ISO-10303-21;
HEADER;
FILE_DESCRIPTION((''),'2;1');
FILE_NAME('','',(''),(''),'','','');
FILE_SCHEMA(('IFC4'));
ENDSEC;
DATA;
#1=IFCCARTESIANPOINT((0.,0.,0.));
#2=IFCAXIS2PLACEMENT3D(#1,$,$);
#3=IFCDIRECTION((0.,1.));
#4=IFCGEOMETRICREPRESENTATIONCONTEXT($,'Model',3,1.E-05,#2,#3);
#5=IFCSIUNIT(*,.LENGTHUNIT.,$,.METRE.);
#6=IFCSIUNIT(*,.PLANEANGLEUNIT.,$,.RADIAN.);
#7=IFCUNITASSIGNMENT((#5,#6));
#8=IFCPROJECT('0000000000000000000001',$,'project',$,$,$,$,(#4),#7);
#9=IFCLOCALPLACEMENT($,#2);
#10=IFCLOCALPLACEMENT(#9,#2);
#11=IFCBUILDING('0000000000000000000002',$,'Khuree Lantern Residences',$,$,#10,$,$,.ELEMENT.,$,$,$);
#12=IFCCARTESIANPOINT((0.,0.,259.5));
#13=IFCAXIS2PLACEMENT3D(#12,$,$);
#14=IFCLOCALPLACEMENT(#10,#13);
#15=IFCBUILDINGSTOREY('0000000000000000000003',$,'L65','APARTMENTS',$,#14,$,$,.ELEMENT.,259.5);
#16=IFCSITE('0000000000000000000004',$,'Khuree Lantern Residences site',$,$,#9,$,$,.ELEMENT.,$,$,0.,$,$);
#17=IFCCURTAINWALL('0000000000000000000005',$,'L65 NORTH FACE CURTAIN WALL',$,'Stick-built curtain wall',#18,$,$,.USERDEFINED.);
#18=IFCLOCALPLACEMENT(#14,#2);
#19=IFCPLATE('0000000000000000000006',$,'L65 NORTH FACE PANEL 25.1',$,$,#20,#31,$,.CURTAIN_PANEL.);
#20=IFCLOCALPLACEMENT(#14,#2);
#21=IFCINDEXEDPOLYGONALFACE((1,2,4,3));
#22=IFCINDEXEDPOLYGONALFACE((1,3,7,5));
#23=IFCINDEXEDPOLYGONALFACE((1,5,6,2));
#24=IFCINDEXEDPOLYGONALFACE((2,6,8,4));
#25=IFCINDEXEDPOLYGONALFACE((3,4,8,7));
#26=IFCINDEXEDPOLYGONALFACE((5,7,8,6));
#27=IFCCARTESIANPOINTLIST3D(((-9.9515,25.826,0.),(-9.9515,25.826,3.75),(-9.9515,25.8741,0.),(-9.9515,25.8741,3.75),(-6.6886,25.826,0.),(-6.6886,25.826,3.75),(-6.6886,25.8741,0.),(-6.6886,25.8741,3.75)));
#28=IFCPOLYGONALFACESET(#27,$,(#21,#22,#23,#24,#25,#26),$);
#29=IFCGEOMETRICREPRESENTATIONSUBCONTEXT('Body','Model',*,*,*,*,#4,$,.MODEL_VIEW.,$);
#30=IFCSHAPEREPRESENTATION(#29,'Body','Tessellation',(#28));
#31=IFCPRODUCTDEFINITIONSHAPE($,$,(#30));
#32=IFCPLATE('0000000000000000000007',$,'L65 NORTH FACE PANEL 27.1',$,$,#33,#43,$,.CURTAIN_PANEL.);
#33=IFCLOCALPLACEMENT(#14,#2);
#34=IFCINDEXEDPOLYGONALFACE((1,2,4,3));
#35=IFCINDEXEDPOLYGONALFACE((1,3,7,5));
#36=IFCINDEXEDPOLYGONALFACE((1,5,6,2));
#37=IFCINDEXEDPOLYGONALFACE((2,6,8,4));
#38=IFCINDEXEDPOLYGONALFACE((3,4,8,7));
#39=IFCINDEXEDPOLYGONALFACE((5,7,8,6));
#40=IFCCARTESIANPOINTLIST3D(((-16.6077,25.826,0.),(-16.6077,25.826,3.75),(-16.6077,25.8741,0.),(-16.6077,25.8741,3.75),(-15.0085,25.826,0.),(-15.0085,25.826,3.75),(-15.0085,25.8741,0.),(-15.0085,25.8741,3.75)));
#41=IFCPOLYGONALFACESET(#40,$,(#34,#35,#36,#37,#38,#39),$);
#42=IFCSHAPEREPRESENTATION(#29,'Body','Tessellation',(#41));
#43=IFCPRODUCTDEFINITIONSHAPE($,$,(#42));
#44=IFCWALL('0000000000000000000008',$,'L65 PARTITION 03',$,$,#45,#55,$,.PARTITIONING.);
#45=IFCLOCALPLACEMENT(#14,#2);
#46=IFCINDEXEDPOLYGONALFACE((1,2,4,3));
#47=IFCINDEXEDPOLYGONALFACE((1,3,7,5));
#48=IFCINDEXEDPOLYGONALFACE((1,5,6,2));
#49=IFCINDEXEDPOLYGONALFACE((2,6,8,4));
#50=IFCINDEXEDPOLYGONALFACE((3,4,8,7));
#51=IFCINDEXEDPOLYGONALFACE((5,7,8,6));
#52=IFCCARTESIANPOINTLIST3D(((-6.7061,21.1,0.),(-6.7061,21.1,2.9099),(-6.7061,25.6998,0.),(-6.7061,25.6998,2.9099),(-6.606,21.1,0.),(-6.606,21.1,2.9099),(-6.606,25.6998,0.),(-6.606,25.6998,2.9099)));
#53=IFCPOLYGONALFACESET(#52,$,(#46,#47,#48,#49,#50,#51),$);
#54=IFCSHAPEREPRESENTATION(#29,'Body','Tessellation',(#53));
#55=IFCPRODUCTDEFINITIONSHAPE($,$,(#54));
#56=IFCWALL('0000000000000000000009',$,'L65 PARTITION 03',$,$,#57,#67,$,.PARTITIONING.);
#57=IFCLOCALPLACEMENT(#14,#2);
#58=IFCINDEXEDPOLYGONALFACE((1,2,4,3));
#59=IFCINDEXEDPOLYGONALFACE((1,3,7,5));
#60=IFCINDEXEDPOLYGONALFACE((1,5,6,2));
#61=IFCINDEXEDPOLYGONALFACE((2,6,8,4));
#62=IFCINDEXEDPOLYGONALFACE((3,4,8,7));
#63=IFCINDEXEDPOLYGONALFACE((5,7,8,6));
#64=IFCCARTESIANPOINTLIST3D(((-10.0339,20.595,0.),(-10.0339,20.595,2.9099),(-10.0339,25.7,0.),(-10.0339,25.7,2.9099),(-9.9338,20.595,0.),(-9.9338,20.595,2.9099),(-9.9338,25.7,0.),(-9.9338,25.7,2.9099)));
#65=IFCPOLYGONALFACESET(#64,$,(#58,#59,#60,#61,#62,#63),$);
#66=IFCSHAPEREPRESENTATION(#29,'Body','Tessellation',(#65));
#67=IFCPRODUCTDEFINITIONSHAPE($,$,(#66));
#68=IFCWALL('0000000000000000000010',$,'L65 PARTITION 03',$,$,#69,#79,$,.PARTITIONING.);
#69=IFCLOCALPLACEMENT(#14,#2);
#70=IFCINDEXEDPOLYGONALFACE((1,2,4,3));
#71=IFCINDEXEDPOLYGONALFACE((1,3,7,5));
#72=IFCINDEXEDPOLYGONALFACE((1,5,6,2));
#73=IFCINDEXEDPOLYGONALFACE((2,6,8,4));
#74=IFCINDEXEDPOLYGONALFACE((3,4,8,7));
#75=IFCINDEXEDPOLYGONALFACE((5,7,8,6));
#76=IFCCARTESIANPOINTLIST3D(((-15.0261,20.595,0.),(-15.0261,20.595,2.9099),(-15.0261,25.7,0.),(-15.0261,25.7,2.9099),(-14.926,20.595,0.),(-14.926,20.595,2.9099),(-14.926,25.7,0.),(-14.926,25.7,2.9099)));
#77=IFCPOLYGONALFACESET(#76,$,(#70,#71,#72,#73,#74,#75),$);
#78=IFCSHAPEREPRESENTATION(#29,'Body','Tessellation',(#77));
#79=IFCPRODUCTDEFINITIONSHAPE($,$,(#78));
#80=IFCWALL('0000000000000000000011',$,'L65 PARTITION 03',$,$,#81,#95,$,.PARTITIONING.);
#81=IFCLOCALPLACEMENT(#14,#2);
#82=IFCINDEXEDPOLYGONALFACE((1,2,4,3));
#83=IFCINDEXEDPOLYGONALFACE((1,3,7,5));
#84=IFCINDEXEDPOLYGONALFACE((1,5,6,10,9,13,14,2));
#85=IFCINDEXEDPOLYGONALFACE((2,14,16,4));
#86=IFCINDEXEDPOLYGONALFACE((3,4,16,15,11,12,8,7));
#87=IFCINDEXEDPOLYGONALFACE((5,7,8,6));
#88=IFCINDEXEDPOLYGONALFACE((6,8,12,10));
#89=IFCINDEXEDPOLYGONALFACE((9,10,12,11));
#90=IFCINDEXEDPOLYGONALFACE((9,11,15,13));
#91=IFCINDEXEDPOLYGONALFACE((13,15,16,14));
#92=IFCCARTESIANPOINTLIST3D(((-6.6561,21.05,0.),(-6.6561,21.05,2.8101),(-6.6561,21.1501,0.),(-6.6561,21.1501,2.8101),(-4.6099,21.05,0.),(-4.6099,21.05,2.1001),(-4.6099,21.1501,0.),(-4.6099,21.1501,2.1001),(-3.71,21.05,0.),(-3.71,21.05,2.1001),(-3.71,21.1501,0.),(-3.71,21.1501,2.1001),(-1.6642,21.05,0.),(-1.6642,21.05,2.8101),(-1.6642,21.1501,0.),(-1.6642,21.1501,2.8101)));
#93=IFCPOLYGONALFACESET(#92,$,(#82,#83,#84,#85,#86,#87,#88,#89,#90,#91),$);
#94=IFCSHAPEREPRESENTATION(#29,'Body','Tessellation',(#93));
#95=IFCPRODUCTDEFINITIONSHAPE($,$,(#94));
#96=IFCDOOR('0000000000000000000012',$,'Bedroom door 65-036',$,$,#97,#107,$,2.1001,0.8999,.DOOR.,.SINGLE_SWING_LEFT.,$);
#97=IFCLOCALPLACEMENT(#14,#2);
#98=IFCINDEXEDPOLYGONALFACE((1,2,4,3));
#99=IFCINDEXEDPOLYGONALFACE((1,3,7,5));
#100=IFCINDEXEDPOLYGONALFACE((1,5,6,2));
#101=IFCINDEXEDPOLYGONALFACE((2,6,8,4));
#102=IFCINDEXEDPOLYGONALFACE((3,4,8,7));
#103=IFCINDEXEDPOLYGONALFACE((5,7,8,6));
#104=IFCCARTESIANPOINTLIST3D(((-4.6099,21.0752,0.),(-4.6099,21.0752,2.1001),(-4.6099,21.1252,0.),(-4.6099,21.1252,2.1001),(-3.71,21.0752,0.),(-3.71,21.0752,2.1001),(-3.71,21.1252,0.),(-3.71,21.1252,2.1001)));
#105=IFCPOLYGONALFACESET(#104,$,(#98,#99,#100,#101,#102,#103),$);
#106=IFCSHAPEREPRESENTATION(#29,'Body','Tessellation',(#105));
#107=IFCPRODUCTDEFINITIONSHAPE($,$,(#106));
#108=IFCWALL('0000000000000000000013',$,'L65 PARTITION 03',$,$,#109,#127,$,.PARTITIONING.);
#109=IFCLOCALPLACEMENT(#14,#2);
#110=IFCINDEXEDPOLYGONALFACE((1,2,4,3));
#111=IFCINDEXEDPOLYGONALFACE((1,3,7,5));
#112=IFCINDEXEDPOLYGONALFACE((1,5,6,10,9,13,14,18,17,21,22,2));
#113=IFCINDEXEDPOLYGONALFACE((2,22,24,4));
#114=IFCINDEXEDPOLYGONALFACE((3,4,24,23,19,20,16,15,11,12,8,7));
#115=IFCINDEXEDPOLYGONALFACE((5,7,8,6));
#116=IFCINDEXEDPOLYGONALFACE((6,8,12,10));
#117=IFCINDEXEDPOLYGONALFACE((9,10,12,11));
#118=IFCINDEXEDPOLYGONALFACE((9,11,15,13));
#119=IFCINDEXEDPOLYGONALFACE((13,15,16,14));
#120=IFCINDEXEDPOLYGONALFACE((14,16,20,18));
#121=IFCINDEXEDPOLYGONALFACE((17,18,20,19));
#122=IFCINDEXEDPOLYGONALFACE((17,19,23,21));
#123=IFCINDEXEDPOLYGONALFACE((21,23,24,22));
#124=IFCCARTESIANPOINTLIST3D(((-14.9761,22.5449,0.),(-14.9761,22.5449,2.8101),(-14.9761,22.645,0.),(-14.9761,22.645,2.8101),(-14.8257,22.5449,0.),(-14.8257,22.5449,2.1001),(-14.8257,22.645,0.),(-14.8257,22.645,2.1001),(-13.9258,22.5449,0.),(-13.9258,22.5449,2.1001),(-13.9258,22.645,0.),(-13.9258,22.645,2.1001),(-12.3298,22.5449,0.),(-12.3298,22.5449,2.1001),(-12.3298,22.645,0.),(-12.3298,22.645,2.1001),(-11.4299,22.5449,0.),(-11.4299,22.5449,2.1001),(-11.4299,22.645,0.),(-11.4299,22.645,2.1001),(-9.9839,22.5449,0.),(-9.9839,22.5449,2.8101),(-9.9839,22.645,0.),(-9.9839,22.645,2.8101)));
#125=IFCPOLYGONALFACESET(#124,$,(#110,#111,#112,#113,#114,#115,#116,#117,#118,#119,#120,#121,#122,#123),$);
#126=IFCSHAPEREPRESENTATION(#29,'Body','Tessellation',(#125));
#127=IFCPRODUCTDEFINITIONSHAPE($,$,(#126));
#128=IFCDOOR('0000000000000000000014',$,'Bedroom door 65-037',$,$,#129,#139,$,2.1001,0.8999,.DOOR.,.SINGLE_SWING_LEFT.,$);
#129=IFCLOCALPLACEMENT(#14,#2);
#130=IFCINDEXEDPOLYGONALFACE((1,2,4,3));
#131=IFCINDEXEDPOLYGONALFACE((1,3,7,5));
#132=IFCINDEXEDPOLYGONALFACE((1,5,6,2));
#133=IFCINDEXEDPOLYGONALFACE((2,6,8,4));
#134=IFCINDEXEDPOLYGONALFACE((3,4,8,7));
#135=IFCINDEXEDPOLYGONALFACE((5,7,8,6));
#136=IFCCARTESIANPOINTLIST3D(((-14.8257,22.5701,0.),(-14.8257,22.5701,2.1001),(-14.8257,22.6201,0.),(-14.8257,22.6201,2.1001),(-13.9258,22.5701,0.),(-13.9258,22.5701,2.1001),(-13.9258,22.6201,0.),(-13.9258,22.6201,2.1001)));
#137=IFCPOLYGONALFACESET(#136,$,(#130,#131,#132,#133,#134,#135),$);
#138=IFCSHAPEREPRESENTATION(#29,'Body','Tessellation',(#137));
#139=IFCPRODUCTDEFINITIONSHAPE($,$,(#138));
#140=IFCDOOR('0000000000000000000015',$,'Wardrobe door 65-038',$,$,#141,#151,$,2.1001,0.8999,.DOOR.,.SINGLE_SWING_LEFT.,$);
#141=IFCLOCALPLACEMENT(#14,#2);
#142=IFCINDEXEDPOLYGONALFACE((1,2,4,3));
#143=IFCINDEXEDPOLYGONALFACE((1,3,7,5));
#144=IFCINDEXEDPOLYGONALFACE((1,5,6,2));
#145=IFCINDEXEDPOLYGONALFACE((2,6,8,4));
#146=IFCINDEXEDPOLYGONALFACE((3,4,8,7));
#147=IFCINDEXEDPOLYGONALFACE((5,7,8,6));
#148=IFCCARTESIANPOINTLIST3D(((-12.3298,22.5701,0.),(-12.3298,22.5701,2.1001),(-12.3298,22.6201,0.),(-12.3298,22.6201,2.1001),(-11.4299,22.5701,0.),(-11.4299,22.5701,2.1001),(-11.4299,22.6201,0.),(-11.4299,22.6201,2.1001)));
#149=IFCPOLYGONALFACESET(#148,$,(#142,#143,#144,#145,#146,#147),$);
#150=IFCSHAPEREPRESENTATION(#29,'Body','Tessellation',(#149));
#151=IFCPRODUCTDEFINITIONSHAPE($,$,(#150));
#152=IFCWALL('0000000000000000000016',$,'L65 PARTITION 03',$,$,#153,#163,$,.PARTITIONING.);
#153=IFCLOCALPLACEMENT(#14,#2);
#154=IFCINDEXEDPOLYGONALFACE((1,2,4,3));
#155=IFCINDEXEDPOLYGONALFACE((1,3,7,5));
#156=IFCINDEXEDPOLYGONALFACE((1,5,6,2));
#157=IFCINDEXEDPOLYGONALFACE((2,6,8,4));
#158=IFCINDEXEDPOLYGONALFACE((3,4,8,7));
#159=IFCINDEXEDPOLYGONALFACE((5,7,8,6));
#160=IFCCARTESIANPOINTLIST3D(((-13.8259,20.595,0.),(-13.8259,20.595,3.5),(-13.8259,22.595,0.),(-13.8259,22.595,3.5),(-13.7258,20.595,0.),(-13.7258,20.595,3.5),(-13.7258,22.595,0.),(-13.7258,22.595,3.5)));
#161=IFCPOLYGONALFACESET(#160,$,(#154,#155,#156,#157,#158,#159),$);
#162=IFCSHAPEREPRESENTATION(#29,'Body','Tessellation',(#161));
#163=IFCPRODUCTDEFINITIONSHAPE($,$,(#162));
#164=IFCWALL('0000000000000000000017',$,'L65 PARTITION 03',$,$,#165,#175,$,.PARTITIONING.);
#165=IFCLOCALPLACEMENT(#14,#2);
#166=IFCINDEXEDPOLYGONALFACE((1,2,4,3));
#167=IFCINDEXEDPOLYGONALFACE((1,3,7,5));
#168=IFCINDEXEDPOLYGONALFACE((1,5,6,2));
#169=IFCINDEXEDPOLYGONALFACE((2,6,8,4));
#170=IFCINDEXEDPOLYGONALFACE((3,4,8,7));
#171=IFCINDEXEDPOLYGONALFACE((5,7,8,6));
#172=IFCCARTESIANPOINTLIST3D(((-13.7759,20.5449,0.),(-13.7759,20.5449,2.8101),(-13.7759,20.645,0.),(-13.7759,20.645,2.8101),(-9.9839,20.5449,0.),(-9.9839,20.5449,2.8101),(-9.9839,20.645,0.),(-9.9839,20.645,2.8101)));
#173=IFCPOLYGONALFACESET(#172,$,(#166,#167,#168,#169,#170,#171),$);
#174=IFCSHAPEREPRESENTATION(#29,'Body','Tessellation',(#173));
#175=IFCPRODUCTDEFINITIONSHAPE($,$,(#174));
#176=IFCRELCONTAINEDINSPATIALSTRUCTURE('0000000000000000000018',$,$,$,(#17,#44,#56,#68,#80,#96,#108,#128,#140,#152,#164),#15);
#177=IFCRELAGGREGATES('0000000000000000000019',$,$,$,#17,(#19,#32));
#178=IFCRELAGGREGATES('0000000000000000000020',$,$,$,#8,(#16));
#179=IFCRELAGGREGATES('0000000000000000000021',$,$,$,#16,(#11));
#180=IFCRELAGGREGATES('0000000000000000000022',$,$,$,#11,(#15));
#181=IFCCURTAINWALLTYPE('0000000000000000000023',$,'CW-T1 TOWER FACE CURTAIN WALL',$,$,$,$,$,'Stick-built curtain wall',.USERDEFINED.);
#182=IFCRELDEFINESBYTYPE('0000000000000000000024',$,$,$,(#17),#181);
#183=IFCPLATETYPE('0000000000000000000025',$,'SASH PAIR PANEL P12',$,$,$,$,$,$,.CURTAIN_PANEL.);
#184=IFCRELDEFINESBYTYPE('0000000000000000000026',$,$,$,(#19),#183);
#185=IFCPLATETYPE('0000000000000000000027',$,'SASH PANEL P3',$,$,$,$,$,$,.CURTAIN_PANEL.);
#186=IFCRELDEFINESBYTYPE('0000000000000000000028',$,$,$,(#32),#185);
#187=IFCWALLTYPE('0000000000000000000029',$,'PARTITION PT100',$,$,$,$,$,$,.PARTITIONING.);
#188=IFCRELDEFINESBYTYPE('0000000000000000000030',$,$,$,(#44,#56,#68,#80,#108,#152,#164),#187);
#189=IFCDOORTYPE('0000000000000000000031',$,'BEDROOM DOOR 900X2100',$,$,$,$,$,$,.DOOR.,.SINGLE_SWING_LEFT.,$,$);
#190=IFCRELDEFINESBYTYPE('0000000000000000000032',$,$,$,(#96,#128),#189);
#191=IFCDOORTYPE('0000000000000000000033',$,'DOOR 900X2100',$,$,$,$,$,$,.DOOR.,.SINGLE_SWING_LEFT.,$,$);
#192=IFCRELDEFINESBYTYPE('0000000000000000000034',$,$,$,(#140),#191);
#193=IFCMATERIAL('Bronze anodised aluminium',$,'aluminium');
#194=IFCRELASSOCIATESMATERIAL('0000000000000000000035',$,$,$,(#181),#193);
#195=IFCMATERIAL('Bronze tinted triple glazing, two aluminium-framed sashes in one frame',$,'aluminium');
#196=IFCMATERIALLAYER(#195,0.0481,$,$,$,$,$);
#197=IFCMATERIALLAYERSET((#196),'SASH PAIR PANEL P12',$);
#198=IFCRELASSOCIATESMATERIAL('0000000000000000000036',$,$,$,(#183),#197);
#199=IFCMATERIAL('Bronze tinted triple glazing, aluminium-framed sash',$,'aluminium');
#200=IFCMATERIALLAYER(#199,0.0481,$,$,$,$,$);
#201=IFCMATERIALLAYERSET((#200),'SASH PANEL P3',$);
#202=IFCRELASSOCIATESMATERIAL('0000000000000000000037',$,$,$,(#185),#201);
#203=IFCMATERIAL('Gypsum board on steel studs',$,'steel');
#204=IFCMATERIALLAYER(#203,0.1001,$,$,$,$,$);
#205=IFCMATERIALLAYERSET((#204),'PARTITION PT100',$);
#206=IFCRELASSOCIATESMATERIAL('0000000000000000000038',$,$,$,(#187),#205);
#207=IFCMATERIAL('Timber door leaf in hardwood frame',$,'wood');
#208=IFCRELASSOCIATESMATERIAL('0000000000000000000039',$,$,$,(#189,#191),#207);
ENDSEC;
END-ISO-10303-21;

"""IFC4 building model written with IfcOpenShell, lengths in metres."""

from ifc_helpers import new_model, si_unit, direction, frame, frame_2d, origin, origin_2d, place, context, subcontext, project, spatial, rectangle, extrude, material, layer, layer_set, type_object, element, fill, aggregate, save


model = new_model("IFC4")

# Units and contexts
model_context = context("Model", 3, precision=1e-05, world=origin(), true_north=direction((0.0, 1.0)))
body_context = subcontext(model_context, "Body", "Model", "MODEL_VIEW")
ifc_project = project(units=[si_unit("LENGTHUNIT", "METRE"), si_unit("PLANEANGLEUNIT", "RADIAN")], contexts=[model_context])

# Site, building, storey
site_placement = place(None, origin())
site = spatial("IfcSite", under=ifc_project, at=site_placement, Name="Khuree Lantern Residences site", CompositionType="ELEMENT", RefElevation=0.0)
building_placement = place(site_placement, origin())
building = spatial("IfcBuilding", under=site, at=building_placement, Name="Khuree Lantern Residences", CompositionType="ELEMENT")
storey_placement = place(building_placement, frame((0.0, 0.0, 259.5)))
storey = spatial("IfcBuildingStorey", under=building, at=storey_placement, Name="L65", Description="APARTMENTS", CompositionType="ELEMENT", Elevation=259.5)

# Curtain wall
ifc_material_1 = material(Name="Bronze anodised aluminium", Category="aluminium")
curtain_wall_type = type_object("IfcCurtainWallType", Name="CW-T1 TOWER FACE CURTAIN WALL", ElementType="Stick-built curtain wall", PredefinedType="USERDEFINED", material=ifc_material_1)
curtain_wall_placement = place(storey_placement, origin())
curtain_wall = element("IfcCurtainWall", 1, at=curtain_wall_placement, inside=storey, type_object=curtain_wall_type, Name="L65 NORTH FACE CURTAIN WALL", ObjectType="Stick-built curtain wall", PredefinedType="USERDEFINED")

# Plates
ifc_material_2 = material(Name="Bronze tinted triple glazing, two aluminium-framed sashes in one frame", Category="aluminium")
ifc_layer_1 = layer(ifc_material_2, 0.0481)
ifc_layer_set_1 = layer_set([ifc_layer_1], Name="SASH PAIR PANEL P12")
plate_type_1 = type_object("IfcPlateType", Name="SASH PAIR PANEL P12", PredefinedType="CURTAIN_PANEL", material=ifc_layer_set_1)
plate_1_placement = place(storey_placement, frame((-8.3201, 25.8501, 0.0), z_axis=(0.0, 0.0, 1.0), x_axis=(-1.0, 0.0, 0.0)))
plate_1 = element("IfcPlate", 2, at=plate_1_placement, type_object=plate_type_1, Name="L65 NORTH FACE PANEL 25.1", PredefinedType="CURTAIN_PANEL", context=body_context, shape_type="SweptSolid", body=[
    extrude(rectangle(XDim=3.2629, YDim=0.0481, at=origin_2d()), origin(), (0.0, 0.0, 1.0), 3.75),
])
ifc_material_3 = material(Name="Bronze tinted triple glazing, aluminium-framed sash", Category="aluminium")
ifc_layer_2 = layer(ifc_material_3, 0.0481)
ifc_layer_set_2 = layer_set([ifc_layer_2], Name="SASH PANEL P3")
plate_type_2 = type_object("IfcPlateType", Name="SASH PANEL P3", PredefinedType="CURTAIN_PANEL", material=ifc_layer_set_2)
plate_2_placement = place(storey_placement, frame((-15.8081, 25.8501, 0.0), z_axis=(0.0, 0.0, 1.0), x_axis=(-1.0, 0.0, 0.0)))
plate_2 = element("IfcPlate", 3, at=plate_2_placement, type_object=plate_type_2, Name="L65 NORTH FACE PANEL 27.1", PredefinedType="CURTAIN_PANEL", context=body_context, shape_type="SweptSolid", body=[
    extrude(rectangle(XDim=1.5991, YDim=0.0481, at=origin_2d()), origin(), (0.0, 0.0, 1.0), 3.75),
])
aggregate(curtain_wall, [plate_1, plate_2])

# Walls
ifc_material_4 = material(Name="Gypsum board on steel studs", Category="steel")
ifc_layer_3 = layer(ifc_material_4, 0.1001)
ifc_layer_set_3 = layer_set([ifc_layer_3], Name="PARTITION PT100")
wall_type = type_object("IfcWallType", Name="PARTITION PT100", PredefinedType="PARTITIONING", material=ifc_layer_set_3)
wall_1_placement = place(storey_placement, frame((-6.656, 21.1001, 0.0), z_axis=(0.0, 0.0, 1.0), x_axis=(0.0, 1.0, 0.0)))
element("IfcWall", 4, at=wall_1_placement, inside=storey, type_object=wall_type, Name="L65 PARTITION 03", PredefinedType="PARTITIONING", context=body_context, shape_type="SweptSolid", body=[
    extrude(rectangle(XDim=4.5999, YDim=0.1001, at=frame_2d((2.2998, 0.0))), origin(), (0.0, 0.0, 1.0), 2.9099),
])
for number, where, z_axis, x_axis, name in (
    (5, (-9.9839, 20.595, 0.0), (0.0, 0.0, 1.0), (0.0, 1.0, 0.0), "L65 PARTITION 03"),
    (6, (-14.9761, 20.595, 0.0), (0.0, 0.0, 1.0), (0.0, 1.0, 0.0), "L65 PARTITION 03"),
):
    element("IfcWall", number, at=place(storey_placement, frame(where, z_axis=z_axis, x_axis=x_axis)), inside=storey, type_object=wall_type, Name=name, PredefinedType="PARTITIONING", context=body_context, shape_type="SweptSolid", body=[
        extrude(rectangle(XDim=5.105, YDim=0.1001, at=frame_2d((2.5525, 0.0))), origin(), (0.0, 0.0, 1.0), 2.9099),
    ])

# Wall, opening, door
wall_2_placement = place(storey_placement, frame((-1.6641, 21.1001, 0.0), z_axis=(0.0, 0.0, 1.0), x_axis=(-1.0, 0.0, 0.0)))
wall_2 = element("IfcWall", 7, at=wall_2_placement, inside=storey, type_object=wall_type, Name="L65 PARTITION 03", PredefinedType="PARTITIONING", context=body_context, shape_type="SweptSolid", body=[
    extrude(rectangle(XDim=4.9919, YDim=0.1001, at=frame_2d((2.4961, 0.0))), origin(), (0.0, 0.0, 1.0), 2.8101),
])
opening_1_placement = place(wall_2_placement, frame((2.0459, 0.0, 0.0)))
opening_1 = element("IfcOpeningElement", 8, at=opening_1_placement, cuts=wall_2, PredefinedType="OPENING", context=body_context, shape_type="SweptSolid", body=[
    extrude(rectangle(XDim=0.8999, YDim=2.1001, at=frame_2d((0.45, 1.05))), frame((0.0, 0.0601, 0.0), z_axis=(0.0, -1.0, 0.0), x_axis=(1.0, 0.0, 0.0)), (0.0, 0.0, 1.0), 0.1201),
])
ifc_material_5 = material(Name="Timber door leaf in hardwood frame", Category="wood")
door_type_1 = type_object("IfcDoorType", Name="BEDROOM DOOR 900X2100", OperationType="SINGLE_SWING_LEFT", PredefinedType="DOOR", material=ifc_material_5)
door_1_placement = place(opening_1_placement, origin())
door_1 = element("IfcDoor", 9, at=door_1_placement, inside=storey, type_object=door_type_1, Name="Bedroom door 65-036", OperationType="SINGLE_SWING_LEFT", OverallHeight=2.1001, OverallWidth=0.8999, PredefinedType="DOOR", context=body_context, shape_type="SweptSolid", body=[
    extrude(rectangle(XDim=0.8999, YDim=2.1001, at=frame_2d((0.45, 1.05))), frame((0.0, 0.0249, 0.0), z_axis=(0.0, -1.0, 0.0), x_axis=(1.0, 0.0, 0.0)), (0.0, 0.0, 1.0), 0.05),
])
fill(opening_1, door_1)

# Wall, openings, doors
wall_3_placement = place(storey_placement, frame((-9.9839, 22.595, 0.0), z_axis=(0.0, 0.0, 1.0), x_axis=(-1.0, 0.0, 0.0)))
wall_3 = element("IfcWall", 10, at=wall_3_placement, inside=storey, type_object=wall_type, Name="L65 PARTITION 03", PredefinedType="PARTITIONING", context=body_context, shape_type="SweptSolid", body=[
    extrude(rectangle(XDim=4.9922, YDim=0.1001, at=frame_2d((2.4961, 0.0))), origin(), (0.0, 0.0, 1.0), 2.8101),
])
opening_2_placement = place(wall_3_placement, frame((3.9419, 0.0, 0.0)))
opening_2 = element("IfcOpeningElement", 11, at=opening_2_placement, cuts=wall_3, PredefinedType="OPENING", context=body_context, shape_type="SweptSolid", body=[
    extrude(rectangle(XDim=0.8999, YDim=2.1001, at=frame_2d((0.45, 1.05))), frame((0.0, 0.0601, 0.0), z_axis=(0.0, -1.0, 0.0), x_axis=(1.0, 0.0, 0.0)), (0.0, 0.0, 1.0), 0.1201),
])
opening_3_placement = place(wall_3_placement, frame((1.446, 0.0, 0.0)))
opening_3 = element("IfcOpeningElement", 12, at=opening_3_placement, cuts=wall_3, PredefinedType="OPENING", context=body_context, shape_type="SweptSolid", body=[
    extrude(rectangle(XDim=0.8999, YDim=2.1001, at=frame_2d((0.45, 1.05))), frame((0.0, 0.0601, 0.0), z_axis=(0.0, -1.0, 0.0), x_axis=(1.0, 0.0, 0.0)), (0.0, 0.0, 1.0), 0.1201),
])
door_2_placement = place(opening_2_placement, origin())
door_2 = element("IfcDoor", 13, at=door_2_placement, inside=storey, type_object=door_type_1, Name="Bedroom door 65-037", OperationType="SINGLE_SWING_LEFT", OverallHeight=2.1001, OverallWidth=0.8999, PredefinedType="DOOR", context=body_context, shape_type="SweptSolid", body=[
    extrude(rectangle(XDim=0.8999, YDim=2.1001, at=frame_2d((0.45, 1.05))), frame((0.0, 0.0249, 0.0), z_axis=(0.0, -1.0, 0.0), x_axis=(1.0, 0.0, 0.0)), (0.0, 0.0, 1.0), 0.05),
])
fill(opening_2, door_2)
door_type_2 = type_object("IfcDoorType", Name="DOOR 900X2100", OperationType="SINGLE_SWING_LEFT", PredefinedType="DOOR", material=ifc_material_5)
door_3_placement = place(opening_3_placement, origin())
door_3 = element("IfcDoor", 14, at=door_3_placement, inside=storey, type_object=door_type_2, Name="Wardrobe door 65-038", OperationType="SINGLE_SWING_LEFT", OverallHeight=2.1001, OverallWidth=0.8999, PredefinedType="DOOR", context=body_context, shape_type="SweptSolid", body=[
    extrude(rectangle(XDim=0.8999, YDim=2.1001, at=frame_2d((0.45, 1.05))), frame((0.0, 0.0249, 0.0), z_axis=(0.0, -1.0, 0.0), x_axis=(1.0, 0.0, 0.0)), (0.0, 0.0, 1.0), 0.05),
])
fill(opening_3, door_3)

# Walls
wall_4_placement = place(storey_placement, frame((-13.7759, 20.595, 0.0), z_axis=(0.0, 0.0, 1.0), x_axis=(0.0, 1.0, 0.0)))
element("IfcWall", 15, at=wall_4_placement, inside=storey, type_object=wall_type, Name="L65 PARTITION 03", PredefinedType="PARTITIONING", context=body_context, shape_type="SweptSolid", body=[
    extrude(rectangle(XDim=2.0, YDim=0.1001, at=frame_2d((1.0, 0.0))), origin(), (0.0, 0.0, 1.0), 3.5),
])
wall_5_placement = place(storey_placement, frame((-9.9839, 20.595, 0.0), z_axis=(0.0, 0.0, 1.0), x_axis=(-1.0, 0.0, 0.0)))
element("IfcWall", 16, at=wall_5_placement, inside=storey, type_object=wall_type, Name="L65 PARTITION 03", PredefinedType="PARTITIONING", context=body_context, shape_type="SweptSolid", body=[
    extrude(rectangle(XDim=3.792, YDim=0.1001, at=frame_2d((1.896, 0.0))), origin(), (0.0, 0.0, 1.0), 2.8101),
])

save(model, "model.ifc")
